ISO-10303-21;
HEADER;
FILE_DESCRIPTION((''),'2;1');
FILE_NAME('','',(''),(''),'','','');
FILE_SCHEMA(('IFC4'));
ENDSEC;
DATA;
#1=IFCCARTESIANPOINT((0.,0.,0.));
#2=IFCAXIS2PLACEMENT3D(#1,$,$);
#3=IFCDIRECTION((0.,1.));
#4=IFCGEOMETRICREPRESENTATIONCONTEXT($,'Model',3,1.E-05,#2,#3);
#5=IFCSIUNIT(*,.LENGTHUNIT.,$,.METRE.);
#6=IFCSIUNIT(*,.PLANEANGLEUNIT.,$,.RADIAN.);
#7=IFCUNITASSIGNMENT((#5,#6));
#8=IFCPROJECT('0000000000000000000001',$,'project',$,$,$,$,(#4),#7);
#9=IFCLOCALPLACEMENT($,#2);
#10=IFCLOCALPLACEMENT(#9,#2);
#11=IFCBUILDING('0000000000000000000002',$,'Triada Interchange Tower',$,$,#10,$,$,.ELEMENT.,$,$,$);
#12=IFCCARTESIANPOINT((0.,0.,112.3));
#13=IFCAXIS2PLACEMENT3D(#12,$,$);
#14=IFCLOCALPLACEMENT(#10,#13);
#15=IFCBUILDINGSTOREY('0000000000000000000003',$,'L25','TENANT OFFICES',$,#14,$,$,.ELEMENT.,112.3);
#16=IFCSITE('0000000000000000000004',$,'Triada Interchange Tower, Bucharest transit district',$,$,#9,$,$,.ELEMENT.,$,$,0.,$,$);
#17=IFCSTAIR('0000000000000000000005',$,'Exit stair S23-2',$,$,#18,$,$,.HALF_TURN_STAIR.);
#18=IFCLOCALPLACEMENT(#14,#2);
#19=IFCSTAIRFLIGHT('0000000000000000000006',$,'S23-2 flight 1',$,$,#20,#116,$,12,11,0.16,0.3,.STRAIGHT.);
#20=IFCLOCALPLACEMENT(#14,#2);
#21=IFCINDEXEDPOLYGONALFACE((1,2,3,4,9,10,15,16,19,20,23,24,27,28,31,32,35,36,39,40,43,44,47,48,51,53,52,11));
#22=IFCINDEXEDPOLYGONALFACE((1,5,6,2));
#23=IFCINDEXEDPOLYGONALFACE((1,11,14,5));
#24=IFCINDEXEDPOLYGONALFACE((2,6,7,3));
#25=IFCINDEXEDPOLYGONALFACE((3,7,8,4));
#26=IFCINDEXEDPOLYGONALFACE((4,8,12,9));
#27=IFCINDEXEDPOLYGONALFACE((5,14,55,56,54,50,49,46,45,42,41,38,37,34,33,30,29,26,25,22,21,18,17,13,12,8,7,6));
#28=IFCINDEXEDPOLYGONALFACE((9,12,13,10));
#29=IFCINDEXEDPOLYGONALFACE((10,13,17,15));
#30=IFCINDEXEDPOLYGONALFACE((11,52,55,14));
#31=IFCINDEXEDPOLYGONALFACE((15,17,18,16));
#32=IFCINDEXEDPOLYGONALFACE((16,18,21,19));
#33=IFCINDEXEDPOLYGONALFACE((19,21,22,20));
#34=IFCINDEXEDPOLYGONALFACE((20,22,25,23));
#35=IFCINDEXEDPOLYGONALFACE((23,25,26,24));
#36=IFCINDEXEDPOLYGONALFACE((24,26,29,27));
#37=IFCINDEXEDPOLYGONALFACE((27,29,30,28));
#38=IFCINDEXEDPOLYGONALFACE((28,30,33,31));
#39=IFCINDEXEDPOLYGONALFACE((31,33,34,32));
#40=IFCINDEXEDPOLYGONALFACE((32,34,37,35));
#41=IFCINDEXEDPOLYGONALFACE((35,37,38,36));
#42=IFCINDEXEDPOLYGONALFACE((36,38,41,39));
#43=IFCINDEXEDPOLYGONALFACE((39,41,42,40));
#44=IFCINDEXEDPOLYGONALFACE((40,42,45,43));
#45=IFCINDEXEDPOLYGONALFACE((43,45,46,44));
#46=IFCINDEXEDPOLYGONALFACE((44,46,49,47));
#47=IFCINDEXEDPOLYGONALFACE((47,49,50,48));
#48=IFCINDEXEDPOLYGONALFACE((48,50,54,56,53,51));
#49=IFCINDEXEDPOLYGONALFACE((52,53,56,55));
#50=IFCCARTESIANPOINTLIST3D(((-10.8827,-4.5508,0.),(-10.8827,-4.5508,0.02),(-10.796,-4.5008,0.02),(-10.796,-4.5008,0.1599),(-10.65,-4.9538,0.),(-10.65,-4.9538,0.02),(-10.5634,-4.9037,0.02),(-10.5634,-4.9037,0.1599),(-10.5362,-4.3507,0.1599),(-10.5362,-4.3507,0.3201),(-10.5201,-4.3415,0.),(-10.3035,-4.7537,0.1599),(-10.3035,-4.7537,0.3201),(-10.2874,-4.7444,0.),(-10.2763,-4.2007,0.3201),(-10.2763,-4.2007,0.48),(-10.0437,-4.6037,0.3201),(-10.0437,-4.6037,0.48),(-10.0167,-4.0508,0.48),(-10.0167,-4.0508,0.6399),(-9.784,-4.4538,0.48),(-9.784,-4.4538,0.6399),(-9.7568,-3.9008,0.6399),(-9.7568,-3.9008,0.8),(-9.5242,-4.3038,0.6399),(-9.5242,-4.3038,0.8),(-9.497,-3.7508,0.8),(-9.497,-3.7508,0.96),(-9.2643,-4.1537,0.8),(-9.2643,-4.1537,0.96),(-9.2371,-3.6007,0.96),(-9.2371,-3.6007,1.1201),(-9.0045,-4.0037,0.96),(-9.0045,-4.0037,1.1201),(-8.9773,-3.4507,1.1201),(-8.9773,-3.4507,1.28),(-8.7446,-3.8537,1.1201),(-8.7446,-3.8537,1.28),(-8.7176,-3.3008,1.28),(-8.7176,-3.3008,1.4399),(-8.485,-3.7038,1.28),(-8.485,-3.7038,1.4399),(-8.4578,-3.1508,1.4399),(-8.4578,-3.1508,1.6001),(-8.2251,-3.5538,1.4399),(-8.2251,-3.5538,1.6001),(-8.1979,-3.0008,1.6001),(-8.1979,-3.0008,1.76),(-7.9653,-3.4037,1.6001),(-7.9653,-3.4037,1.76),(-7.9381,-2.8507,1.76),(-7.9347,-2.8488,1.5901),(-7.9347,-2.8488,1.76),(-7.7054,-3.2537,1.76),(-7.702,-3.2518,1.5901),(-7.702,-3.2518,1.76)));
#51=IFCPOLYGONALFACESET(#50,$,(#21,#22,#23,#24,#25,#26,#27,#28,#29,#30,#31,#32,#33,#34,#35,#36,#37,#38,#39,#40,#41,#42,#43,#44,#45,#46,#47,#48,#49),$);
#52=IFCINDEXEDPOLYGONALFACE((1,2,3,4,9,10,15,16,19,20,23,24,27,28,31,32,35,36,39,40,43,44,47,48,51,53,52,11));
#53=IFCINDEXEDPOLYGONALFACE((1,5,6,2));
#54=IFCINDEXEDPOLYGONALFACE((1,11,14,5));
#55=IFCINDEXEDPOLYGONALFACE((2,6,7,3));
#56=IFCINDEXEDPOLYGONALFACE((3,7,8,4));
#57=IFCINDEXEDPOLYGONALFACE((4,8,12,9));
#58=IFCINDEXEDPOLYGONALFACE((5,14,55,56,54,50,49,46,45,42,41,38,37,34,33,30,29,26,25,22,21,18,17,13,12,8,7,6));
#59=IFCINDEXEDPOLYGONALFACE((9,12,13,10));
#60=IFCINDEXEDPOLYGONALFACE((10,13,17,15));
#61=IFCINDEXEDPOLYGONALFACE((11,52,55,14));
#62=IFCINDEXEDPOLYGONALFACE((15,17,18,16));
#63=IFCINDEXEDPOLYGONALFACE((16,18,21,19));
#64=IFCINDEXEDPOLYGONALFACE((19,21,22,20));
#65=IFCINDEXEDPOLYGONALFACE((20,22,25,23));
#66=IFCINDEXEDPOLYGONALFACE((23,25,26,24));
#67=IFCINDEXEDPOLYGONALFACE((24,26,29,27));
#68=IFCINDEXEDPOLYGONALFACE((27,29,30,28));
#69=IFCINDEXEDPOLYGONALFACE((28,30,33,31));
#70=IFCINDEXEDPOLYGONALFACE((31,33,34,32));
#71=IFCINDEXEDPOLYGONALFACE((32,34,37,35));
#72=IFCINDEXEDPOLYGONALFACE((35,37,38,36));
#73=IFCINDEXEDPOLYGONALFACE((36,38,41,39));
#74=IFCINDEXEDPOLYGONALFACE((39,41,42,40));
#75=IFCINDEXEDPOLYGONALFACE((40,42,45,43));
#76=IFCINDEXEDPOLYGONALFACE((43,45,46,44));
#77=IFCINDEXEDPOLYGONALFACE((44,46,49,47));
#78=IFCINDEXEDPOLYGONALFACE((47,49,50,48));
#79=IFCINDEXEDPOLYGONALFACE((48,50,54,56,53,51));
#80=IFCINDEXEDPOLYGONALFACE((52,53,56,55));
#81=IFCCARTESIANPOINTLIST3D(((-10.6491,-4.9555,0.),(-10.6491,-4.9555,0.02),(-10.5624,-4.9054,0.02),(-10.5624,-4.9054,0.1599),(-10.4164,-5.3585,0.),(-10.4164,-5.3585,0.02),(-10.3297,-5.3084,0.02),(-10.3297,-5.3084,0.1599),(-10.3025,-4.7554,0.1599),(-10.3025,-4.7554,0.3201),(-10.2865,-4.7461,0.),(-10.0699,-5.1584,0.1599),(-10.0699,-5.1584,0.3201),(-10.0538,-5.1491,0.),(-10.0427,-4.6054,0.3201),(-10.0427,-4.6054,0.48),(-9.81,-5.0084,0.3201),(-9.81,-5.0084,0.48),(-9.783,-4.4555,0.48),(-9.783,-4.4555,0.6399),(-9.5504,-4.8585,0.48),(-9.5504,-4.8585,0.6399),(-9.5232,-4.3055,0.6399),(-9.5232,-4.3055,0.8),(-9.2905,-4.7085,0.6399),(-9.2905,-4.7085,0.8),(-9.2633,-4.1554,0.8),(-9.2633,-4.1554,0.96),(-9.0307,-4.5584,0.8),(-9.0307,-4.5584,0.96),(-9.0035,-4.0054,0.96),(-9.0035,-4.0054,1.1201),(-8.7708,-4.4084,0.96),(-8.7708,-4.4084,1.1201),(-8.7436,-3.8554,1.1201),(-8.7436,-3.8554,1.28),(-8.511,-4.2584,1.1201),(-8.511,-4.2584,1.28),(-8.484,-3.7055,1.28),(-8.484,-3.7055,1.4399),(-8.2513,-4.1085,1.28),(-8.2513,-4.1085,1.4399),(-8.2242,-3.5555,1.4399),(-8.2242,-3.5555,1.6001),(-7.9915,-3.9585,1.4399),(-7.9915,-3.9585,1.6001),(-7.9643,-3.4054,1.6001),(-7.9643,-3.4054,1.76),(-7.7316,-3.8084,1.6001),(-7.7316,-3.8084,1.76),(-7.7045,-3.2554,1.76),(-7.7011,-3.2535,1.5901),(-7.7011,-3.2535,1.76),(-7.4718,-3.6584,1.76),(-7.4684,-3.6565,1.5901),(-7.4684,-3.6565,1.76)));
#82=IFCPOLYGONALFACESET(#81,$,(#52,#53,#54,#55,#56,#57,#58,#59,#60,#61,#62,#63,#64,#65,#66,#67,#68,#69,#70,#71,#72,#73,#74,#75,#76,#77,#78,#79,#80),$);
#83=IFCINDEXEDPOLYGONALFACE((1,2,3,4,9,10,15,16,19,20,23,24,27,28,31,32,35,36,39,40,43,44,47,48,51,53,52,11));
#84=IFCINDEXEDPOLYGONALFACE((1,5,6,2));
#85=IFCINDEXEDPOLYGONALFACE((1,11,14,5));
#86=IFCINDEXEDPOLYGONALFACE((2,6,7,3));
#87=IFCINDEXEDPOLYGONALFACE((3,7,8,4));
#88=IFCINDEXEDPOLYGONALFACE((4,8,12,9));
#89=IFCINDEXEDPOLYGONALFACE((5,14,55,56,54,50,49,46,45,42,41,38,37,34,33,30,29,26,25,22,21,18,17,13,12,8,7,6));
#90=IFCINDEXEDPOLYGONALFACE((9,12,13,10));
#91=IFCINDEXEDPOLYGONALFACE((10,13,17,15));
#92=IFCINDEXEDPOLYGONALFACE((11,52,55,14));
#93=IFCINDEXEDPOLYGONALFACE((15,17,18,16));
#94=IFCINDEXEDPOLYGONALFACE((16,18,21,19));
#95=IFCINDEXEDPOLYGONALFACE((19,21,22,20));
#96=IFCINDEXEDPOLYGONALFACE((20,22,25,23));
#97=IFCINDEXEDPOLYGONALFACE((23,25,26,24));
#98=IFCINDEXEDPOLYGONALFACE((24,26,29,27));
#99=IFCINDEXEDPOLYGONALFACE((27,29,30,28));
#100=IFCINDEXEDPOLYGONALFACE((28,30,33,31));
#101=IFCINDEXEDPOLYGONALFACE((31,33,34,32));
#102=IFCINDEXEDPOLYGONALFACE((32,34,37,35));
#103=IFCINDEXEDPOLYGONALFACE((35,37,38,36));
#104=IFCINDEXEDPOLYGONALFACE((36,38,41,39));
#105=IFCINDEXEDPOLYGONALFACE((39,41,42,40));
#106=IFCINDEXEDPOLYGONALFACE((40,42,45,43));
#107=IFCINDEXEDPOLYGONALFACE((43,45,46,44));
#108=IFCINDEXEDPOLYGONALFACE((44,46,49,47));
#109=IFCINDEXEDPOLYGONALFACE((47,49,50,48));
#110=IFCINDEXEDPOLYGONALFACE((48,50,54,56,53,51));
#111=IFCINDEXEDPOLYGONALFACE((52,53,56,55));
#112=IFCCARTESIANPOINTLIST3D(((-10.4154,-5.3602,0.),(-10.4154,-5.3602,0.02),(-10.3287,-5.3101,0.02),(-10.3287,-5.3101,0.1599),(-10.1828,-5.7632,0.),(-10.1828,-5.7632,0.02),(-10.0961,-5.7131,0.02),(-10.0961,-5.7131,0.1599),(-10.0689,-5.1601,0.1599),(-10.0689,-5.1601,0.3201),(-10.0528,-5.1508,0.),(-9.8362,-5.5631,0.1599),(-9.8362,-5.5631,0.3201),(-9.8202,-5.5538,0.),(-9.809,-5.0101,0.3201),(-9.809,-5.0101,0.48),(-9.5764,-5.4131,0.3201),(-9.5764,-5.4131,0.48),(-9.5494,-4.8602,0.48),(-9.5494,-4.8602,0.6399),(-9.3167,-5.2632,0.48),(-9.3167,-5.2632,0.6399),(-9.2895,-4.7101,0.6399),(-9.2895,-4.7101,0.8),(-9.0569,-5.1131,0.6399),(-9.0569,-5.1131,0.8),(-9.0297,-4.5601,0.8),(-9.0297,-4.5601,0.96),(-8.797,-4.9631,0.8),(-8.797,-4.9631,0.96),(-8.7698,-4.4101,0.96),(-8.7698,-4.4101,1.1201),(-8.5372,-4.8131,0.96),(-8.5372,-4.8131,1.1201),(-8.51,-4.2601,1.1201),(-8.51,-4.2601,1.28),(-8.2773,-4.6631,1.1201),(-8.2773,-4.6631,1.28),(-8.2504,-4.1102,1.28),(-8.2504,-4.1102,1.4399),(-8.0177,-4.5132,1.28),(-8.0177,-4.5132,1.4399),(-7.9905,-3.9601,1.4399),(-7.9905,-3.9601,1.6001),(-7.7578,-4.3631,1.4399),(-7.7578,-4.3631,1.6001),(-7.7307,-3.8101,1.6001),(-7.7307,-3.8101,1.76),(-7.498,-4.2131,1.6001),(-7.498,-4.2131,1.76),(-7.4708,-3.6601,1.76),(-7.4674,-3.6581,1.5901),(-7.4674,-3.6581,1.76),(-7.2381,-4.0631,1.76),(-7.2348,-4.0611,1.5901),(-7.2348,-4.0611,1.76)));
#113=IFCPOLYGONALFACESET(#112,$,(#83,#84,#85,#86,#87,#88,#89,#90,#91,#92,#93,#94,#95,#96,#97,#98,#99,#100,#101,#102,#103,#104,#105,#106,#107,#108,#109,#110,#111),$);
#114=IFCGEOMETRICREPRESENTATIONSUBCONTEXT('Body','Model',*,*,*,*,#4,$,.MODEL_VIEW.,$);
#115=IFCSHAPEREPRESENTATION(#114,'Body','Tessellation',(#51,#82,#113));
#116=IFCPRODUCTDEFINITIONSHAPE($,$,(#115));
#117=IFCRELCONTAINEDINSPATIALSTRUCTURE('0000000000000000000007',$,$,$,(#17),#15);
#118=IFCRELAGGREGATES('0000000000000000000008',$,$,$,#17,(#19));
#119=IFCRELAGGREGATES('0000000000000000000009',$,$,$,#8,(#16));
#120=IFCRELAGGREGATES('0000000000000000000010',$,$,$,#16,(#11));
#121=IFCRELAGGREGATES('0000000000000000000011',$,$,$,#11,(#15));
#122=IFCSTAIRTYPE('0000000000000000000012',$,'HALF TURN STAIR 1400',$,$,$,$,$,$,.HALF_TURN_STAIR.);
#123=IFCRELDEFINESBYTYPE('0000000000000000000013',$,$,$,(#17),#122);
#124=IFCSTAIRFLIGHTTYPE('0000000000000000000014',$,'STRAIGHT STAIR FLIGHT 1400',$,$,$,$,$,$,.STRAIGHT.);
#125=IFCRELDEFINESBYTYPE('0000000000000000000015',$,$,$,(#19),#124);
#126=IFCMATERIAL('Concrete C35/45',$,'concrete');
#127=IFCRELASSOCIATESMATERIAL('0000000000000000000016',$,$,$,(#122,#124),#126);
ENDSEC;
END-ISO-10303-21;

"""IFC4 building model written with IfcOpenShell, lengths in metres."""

from ifc_helpers import new_model, si_unit, direction, frame, origin, place, context, subcontext, project, spatial, polyline, outline, extrude, material, type_object, element, aggregate, save


model = new_model("IFC4")

# Units and contexts
model_context = context("Model", 3, precision=1e-05, world=origin(), true_north=direction((0.0, 1.0)))
body_context = subcontext(model_context, "Body", "Model", "MODEL_VIEW")
ifc_project = project(units=[si_unit("LENGTHUNIT", "METRE"), si_unit("PLANEANGLEUNIT", "RADIAN")], contexts=[model_context])

# Site, building, storey
site_placement = place(None, origin())
site = spatial("IfcSite", under=ifc_project, at=site_placement, Name="Triada Interchange Tower, Bucharest transit district", CompositionType="ELEMENT", RefElevation=0.0)
building_placement = place(site_placement, origin())
building = spatial("IfcBuilding", under=site, at=building_placement, Name="Triada Interchange Tower", CompositionType="ELEMENT")
storey_placement = place(building_placement, frame((0.0, 0.0, 112.3)))
storey = spatial("IfcBuildingStorey", under=building, at=storey_placement, Name="L25", Description="TENANT OFFICES", CompositionType="ELEMENT", Elevation=112.3)

# Stair, stair flight
ifc_material_1 = material(Name="Concrete C35/45", Category="concrete")
stair_type = type_object("IfcStairType", Name="HALF TURN STAIR 1400", PredefinedType="HALF_TURN_STAIR", material=ifc_material_1)
stair_placement = place(storey_placement, origin())
stair = element("IfcStair", 1, at=stair_placement, inside=storey, type_object=stair_type, Name="Exit stair S23-2", PredefinedType="HALF_TURN_STAIR")
stair_flight_type = type_object("IfcStairFlightType", Name="STRAIGHT STAIR FLIGHT 1400", PredefinedType="STRAIGHT", material=ifc_material_1)
stair_flight_1_placement = place(storey_placement, frame((-10.446, -5.1069, 0.0), z_axis=(0.0, 0.0, 1.0), x_axis=(0.866025, 0.5, 0.0)))
stair_flight_1 = element("IfcStairFlight", 2, at=stair_flight_1_placement, type_object=stair_flight_type, Name="S23-2 flight 1", NumberOfRisers=12, NumberOfTreads=11, PredefinedType="STRAIGHT", RiserHeight=0.16, TreadLength=0.3, context=body_context, shape_type="SweptSolid", body=[
    extrude(outline(polyline([(-0.1001, 0.0), (-0.1001, 0.02), (0.0, 0.02), (0.0, 0.1599), (0.3, 0.1599), (0.3, 0.3201), (0.6001, 0.3201), (0.6001, 0.48), (0.8999, 0.48), (0.8999, 0.6399), (1.2, 0.6399), (1.2, 0.8), (1.5, 0.8), (1.5, 0.96), (1.8, 0.96), (1.8, 1.1201), (2.1001, 1.1201), (2.1001, 1.28), (2.3999, 1.28), (2.3999, 1.4399), (2.7, 1.4399), (2.7, 1.6001), (3.0, 1.6001), (3.0, 1.76), (3.3, 1.76), (3.304, 1.76), (3.304, 1.9199), (3.304, 1.5901), (0.3186, 0.0), (-0.1001, 0.0)])), frame((0.0, 0.7, 0.0), z_axis=(0.0, -1.0, 0.0), x_axis=(1.0, 0.0, 0.0)), (0.0, 0.0, 1.0), 0.4653),
    extrude(outline(polyline([(-0.1001, 0.0), (-0.1001, 0.02), (0.0, 0.02), (0.0, 0.1599), (0.3, 0.1599), (0.3, 0.3201), (0.6001, 0.3201), (0.6001, 0.48), (0.8999, 0.48), (0.8999, 0.6399), (1.2, 0.6399), (1.2, 0.8), (1.5, 0.8), (1.5, 0.96), (1.8, 0.96), (1.8, 1.1201), (2.1001, 1.1201), (2.1001, 1.28), (2.3999, 1.28), (2.3999, 1.4399), (2.7, 1.4399), (2.7, 1.6001), (3.0, 1.6001), (3.0, 1.76), (3.3, 1.76), (3.304, 1.76), (3.304, 1.9199), (3.304, 1.5901), (0.3186, 0.0), (-0.1001, 0.0)])), frame((0.0, 0.2327, 0.0), z_axis=(0.0, -1.0, 0.0), x_axis=(1.0, 0.0, 0.0)), (0.0, 0.0, 1.0), 0.4653),
    extrude(outline(polyline([(-0.1001, 0.0), (-0.1001, 0.02), (0.0, 0.02), (0.0, 0.1599), (0.3, 0.1599), (0.3, 0.3201), (0.6001, 0.3201), (0.6001, 0.48), (0.8999, 0.48), (0.8999, 0.6399), (1.2, 0.6399), (1.2, 0.8), (1.5, 0.8), (1.5, 0.96), (1.8, 0.96), (1.8, 1.1201), (2.1001, 1.1201), (2.1001, 1.28), (2.3999, 1.28), (2.3999, 1.4399), (2.7, 1.4399), (2.7, 1.6001), (3.0, 1.6001), (3.0, 1.76), (3.3, 1.76), (3.304, 1.76), (3.304, 1.9199), (3.304, 1.5901), (0.3186, 0.0), (-0.1001, 0.0)])), frame((0.0, -0.2346, 0.0), z_axis=(0.0, -1.0, 0.0), x_axis=(1.0, 0.0, 0.0)), (0.0, 0.0, 1.0), 0.4653),
])
aggregate(stair, [stair_flight_1])

save(model, "model.ifc")
